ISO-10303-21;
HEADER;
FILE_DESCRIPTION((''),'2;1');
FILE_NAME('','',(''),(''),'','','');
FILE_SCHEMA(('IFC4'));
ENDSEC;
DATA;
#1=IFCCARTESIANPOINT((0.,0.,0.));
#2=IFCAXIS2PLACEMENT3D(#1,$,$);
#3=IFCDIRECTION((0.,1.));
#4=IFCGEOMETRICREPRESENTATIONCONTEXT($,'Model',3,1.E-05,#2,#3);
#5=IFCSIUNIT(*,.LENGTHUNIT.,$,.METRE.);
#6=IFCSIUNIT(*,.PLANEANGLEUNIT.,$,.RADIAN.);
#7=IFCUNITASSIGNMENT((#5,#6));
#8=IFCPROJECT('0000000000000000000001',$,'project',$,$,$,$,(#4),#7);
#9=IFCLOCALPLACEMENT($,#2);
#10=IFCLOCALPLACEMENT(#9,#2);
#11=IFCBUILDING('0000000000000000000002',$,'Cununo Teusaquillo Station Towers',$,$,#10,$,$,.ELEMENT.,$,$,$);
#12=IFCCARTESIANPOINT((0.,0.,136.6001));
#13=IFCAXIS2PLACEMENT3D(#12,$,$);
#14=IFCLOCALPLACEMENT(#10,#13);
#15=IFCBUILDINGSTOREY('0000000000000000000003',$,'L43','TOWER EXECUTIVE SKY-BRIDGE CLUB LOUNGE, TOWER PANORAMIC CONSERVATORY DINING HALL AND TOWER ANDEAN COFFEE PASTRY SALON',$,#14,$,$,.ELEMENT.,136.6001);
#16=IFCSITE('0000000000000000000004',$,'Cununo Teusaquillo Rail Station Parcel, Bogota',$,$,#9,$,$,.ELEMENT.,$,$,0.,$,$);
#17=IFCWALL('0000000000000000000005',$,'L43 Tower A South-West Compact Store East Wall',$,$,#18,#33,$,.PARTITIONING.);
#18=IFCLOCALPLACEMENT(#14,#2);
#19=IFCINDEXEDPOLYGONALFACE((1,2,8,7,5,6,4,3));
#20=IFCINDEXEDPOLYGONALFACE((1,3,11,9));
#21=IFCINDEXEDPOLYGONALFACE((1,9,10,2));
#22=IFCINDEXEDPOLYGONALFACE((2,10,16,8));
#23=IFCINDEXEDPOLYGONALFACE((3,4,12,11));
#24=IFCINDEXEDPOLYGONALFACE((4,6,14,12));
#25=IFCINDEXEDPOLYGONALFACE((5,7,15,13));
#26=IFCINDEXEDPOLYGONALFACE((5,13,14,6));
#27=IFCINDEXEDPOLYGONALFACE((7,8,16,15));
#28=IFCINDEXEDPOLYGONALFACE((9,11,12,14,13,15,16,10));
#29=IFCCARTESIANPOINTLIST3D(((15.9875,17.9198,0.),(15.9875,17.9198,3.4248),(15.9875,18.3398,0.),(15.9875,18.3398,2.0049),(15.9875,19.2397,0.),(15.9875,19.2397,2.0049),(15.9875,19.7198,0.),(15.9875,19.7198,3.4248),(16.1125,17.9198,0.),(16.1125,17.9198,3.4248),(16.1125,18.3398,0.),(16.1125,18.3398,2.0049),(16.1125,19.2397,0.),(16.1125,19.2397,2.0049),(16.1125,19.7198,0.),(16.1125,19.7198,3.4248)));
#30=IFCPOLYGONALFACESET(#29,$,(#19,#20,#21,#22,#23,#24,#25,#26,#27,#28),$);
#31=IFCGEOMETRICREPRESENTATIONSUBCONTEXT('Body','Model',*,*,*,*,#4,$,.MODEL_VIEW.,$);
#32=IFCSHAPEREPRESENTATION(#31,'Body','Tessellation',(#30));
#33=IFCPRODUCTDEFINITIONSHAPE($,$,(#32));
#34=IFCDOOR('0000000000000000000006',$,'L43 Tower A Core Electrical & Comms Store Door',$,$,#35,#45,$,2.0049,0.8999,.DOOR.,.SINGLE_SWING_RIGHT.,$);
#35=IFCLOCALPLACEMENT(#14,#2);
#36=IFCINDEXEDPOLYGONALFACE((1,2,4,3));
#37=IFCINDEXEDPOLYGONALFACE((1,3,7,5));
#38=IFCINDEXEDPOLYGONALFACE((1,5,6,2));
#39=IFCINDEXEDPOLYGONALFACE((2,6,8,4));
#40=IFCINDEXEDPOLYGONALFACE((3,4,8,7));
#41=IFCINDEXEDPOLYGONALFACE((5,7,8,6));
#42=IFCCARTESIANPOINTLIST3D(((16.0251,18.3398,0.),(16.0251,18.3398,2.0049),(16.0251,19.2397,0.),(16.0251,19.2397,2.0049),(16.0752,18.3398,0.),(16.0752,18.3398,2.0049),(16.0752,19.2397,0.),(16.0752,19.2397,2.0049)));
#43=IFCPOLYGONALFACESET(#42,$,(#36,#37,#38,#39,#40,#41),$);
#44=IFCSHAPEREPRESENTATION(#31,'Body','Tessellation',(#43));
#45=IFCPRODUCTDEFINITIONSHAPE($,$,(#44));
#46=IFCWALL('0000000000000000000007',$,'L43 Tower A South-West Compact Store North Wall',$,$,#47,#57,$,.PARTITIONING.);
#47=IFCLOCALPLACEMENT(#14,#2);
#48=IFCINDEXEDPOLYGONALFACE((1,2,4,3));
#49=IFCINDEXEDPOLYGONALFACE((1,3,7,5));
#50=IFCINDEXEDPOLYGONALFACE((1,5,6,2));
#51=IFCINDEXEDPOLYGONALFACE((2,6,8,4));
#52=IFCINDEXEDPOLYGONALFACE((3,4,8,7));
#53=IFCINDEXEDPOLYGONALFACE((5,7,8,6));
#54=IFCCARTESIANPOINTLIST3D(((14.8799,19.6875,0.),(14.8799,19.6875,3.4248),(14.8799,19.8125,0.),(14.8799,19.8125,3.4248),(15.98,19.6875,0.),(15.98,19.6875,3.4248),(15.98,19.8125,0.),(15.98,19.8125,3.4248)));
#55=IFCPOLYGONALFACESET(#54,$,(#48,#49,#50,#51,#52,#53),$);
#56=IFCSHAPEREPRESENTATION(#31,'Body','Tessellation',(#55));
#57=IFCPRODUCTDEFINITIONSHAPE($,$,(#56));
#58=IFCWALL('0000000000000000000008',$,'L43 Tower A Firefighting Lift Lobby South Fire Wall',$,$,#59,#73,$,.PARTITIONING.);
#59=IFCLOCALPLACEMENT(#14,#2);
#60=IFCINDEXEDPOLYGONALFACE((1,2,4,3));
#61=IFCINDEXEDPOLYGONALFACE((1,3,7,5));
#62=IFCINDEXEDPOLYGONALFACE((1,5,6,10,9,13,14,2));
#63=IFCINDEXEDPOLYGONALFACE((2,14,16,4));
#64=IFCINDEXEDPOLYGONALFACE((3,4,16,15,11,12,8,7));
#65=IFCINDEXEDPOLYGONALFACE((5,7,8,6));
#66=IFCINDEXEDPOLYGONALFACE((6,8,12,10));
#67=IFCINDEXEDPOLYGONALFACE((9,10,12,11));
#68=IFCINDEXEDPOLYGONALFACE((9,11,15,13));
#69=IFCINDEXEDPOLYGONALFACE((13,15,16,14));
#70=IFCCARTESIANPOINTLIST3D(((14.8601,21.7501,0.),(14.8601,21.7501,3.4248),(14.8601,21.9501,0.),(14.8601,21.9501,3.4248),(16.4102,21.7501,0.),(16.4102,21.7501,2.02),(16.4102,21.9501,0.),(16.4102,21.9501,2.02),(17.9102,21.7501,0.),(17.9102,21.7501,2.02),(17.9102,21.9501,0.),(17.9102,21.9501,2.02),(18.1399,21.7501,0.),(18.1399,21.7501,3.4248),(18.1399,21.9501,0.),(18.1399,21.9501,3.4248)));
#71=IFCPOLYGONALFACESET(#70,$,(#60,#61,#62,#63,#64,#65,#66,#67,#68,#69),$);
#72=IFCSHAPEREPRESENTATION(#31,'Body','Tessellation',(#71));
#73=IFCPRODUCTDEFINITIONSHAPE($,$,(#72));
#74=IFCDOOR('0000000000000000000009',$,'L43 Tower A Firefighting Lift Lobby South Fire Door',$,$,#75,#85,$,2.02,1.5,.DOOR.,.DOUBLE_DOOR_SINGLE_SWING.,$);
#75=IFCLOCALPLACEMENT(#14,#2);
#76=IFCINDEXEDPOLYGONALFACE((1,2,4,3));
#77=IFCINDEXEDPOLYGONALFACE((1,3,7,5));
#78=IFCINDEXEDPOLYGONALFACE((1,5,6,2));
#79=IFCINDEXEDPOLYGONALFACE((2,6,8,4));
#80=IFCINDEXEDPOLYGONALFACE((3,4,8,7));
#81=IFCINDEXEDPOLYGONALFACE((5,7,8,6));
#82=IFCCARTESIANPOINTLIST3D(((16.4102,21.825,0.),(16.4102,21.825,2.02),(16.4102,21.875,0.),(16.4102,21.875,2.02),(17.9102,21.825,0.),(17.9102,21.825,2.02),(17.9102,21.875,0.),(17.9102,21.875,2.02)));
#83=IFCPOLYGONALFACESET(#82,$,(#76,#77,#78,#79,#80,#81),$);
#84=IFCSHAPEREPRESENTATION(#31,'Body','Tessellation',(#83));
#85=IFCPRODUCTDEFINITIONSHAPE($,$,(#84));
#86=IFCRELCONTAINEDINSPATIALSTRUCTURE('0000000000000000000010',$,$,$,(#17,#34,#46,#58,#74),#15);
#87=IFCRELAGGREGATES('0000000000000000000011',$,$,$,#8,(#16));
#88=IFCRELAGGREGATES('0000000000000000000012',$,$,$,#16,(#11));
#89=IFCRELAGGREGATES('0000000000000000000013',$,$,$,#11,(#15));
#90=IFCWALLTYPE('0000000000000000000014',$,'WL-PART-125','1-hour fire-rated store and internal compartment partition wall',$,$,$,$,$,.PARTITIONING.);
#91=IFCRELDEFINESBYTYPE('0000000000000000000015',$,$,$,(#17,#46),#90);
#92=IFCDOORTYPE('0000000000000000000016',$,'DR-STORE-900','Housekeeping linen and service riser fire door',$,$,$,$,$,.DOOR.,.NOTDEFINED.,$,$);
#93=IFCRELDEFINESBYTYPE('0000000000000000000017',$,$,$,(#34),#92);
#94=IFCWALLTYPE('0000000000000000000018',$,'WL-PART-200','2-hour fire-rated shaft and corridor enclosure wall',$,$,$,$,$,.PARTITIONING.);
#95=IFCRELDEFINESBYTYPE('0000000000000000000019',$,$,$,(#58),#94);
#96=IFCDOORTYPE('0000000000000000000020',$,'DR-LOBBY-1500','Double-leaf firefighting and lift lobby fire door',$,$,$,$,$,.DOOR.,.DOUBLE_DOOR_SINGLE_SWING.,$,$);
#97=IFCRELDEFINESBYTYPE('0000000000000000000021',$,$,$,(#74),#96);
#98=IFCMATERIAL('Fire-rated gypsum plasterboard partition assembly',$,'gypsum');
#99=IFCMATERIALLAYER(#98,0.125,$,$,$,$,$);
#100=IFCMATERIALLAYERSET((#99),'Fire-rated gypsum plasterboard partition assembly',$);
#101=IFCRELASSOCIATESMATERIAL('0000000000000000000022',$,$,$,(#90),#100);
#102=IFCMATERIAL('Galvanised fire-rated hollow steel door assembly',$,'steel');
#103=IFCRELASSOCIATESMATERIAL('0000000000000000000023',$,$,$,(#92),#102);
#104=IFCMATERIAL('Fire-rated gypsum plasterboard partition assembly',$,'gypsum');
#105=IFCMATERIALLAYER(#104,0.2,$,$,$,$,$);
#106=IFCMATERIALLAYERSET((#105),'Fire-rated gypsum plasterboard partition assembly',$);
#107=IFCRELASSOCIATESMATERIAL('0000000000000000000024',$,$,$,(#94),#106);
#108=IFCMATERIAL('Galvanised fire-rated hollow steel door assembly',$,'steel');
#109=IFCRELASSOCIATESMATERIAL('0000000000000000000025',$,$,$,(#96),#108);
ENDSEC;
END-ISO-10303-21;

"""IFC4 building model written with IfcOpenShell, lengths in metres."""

from ifc_helpers import new_model, si_unit, direction, frame, frame_2d, origin, place, context, subcontext, project, spatial, rectangle, extrude, source, transform, mapped, material, layer, layer_set, type_object, element, fill, save


model = new_model("IFC4")

# Units and contexts
model_context = context("Model", 3, precision=1e-05, world=origin(), true_north=direction((0.0, 1.0)))
body_context = subcontext(model_context, "Body", "Model", "MODEL_VIEW")
ifc_project = project(units=[si_unit("LENGTHUNIT", "METRE"), si_unit("PLANEANGLEUNIT", "RADIAN")], contexts=[model_context])

# Site, building, storey
site_placement = place(None, origin())
site = spatial("IfcSite", under=ifc_project, at=site_placement, Name="Cununo Teusaquillo Rail Station Parcel, Bogota", CompositionType="ELEMENT", RefElevation=0.0)
building_placement = place(site_placement, origin())
building = spatial("IfcBuilding", under=site, at=building_placement, Name="Cununo Teusaquillo Station Towers", CompositionType="ELEMENT")
storey_placement = place(building_placement, frame((0.0, 0.0, 136.6001)))
storey = spatial("IfcBuildingStorey", under=building, at=storey_placement, Name="L43", Description="TOWER EXECUTIVE SKY-BRIDGE CLUB LOUNGE, TOWER PANORAMIC CONSERVATORY DINING HALL AND TOWER ANDEAN COFFEE PASTRY SALON", CompositionType="ELEMENT", Elevation=136.6001)

# Wall, opening, door
ifc_material_1 = material(Name="Fire-rated gypsum plasterboard partition assembly", Category="gypsum")
ifc_layer_1 = layer(ifc_material_1, 0.125)
ifc_layer_set_1 = layer_set([ifc_layer_1], Name="Fire-rated gypsum plasterboard partition assembly")
wall_type_1 = type_object("IfcWallType", Name="WL-PART-125", Description="1-hour fire-rated store and internal compartment partition wall", PredefinedType="PARTITIONING", material=ifc_layer_set_1)
wall_1_placement = place(storey_placement, frame((16.05, 17.9199, 0.0), z_axis=(0.0, 0.0, 1.0), x_axis=(0.0, 1.0, 0.0)))
wall_1 = element("IfcWall", 1, at=wall_1_placement, inside=storey, type_object=wall_type_1, Name="L43 Tower A South-West Compact Store East Wall", PredefinedType="PARTITIONING", context=body_context, shape_type="SweptSolid", body=[
    extrude(rectangle(XDim=1.8, YDim=0.125, at=frame_2d((0.8999, 0.0))), origin(), (0.0, 0.0, 1.0), 3.4248),
])
shared_shape_1 = source(origin(), body_context, "Body", "SweptSolid", [
    extrude(rectangle(XDim=0.8999, YDim=2.0049, at=frame_2d((0.45, 1.0024))), frame((0.0, 0.0725, 0.0), z_axis=(0.0, -1.0, 0.0), x_axis=(1.0, 0.0, 0.0)), (0.0, 0.0, 1.0), 0.145),
])
opening_1_placement = place(wall_1_placement, frame((0.4199, 0.0, 0.0)))
opening_1 = element("IfcOpeningElement", 2, at=opening_1_placement, cuts=wall_1, PredefinedType="OPENING", context=body_context, shape_type="MappedRepresentation", body=[
    mapped(shared_shape_1, transform((0.0, 0.0, 0.0), x_axis=(1.0, 0.0, 0.0), y_axis=(0.0, 1.0, 0.0), z_axis=(0.0, 0.0, 1.0), scale=1.0)),
])
ifc_material_2 = material(Name="Galvanised fire-rated hollow steel door assembly", Category="steel")
door_type_1 = type_object("IfcDoorType", Name="DR-STORE-900", Description="Housekeeping linen and service riser fire door", OperationType="NOTDEFINED", PredefinedType="DOOR", material=ifc_material_2)
shared_shape_2 = source(origin(), body_context, "Body", "SweptSolid", [
    extrude(rectangle(XDim=0.8999, YDim=2.0049, at=frame_2d((0.45, 1.0024))), frame((0.0, 0.0249, 0.0), z_axis=(0.0, -1.0, 0.0), x_axis=(1.0, 0.0, 0.0)), (0.0, 0.0, 1.0), 0.05),
])
door_1_placement = place(opening_1_placement, origin())
door_1 = element("IfcDoor", 3, at=door_1_placement, inside=storey, type_object=door_type_1, Name="L43 Tower A Core Electrical & Comms Store Door", OperationType="SINGLE_SWING_RIGHT", OverallHeight=2.0049, OverallWidth=0.8999, PredefinedType="DOOR", context=body_context, shape_type="MappedRepresentation", body=[
    mapped(shared_shape_2, transform((0.0, 0.0, 0.0), x_axis=(1.0, 0.0, 0.0), y_axis=(0.0, 1.0, 0.0), z_axis=(0.0, 0.0, 1.0), scale=1.0)),
])
fill(opening_1, door_1)

# Wall
wall_2_placement = place(storey_placement, frame((14.8799, 19.75, 0.0), z_axis=(0.0, 0.0, 1.0), x_axis=(1.0, 0.0, 0.0)))
element("IfcWall", 4, at=wall_2_placement, inside=storey, type_object=wall_type_1, Name="L43 Tower A South-West Compact Store North Wall", PredefinedType="PARTITIONING", context=body_context, shape_type="SweptSolid", body=[
    extrude(rectangle(XDim=1.1001, YDim=0.125, at=frame_2d((0.55, 0.0))), origin(), (0.0, 0.0, 1.0), 3.4248),
])

# Wall, opening, door
ifc_material_3 = material(Name="Fire-rated gypsum plasterboard partition assembly", Category="gypsum")
ifc_layer_2 = layer(ifc_material_3, 0.2)
ifc_layer_set_2 = layer_set([ifc_layer_2], Name="Fire-rated gypsum plasterboard partition assembly")
wall_type_2 = type_object("IfcWallType", Name="WL-PART-200", Description="2-hour fire-rated shaft and corridor enclosure wall", PredefinedType="PARTITIONING", material=ifc_layer_set_2)
wall_3_placement = place(storey_placement, frame((14.8601, 21.8501, 0.0), z_axis=(0.0, 0.0, 1.0), x_axis=(1.0, 0.0, 0.0)))
wall_3 = element("IfcWall", 5, at=wall_3_placement, inside=storey, type_object=wall_type_2, Name="L43 Tower A Firefighting Lift Lobby South Fire Wall", PredefinedType="PARTITIONING", context=body_context, shape_type="SweptSolid", body=[
    extrude(rectangle(XDim=3.2798, YDim=0.2, at=frame_2d((1.6399, 0.0))), origin(), (0.0, 0.0, 1.0), 3.4248),
])
shared_shape_3 = source(origin(), body_context, "Body", "SweptSolid", [
    extrude(rectangle(XDim=1.5, YDim=2.02, at=frame_2d((0.75, 1.01))), frame((0.0, 0.1099, 0.0), z_axis=(0.0, -1.0, 0.0), x_axis=(1.0, 0.0, 0.0)), (0.0, 0.0, 1.0), 0.22),
])
opening_2_placement = place(wall_3_placement, frame((1.55, 0.0, 0.0)))
opening_2 = element("IfcOpeningElement", 6, at=opening_2_placement, cuts=wall_3, PredefinedType="OPENING", context=body_context, shape_type="MappedRepresentation", body=[
    mapped(shared_shape_3, transform((0.0, 0.0, 0.0), x_axis=(1.0, 0.0, 0.0), y_axis=(0.0, 1.0, 0.0), z_axis=(0.0, 0.0, 1.0), scale=1.0)),
])
ifc_material_4 = material(Name="Galvanised fire-rated hollow steel door assembly", Category="steel")
door_type_2 = type_object("IfcDoorType", Name="DR-LOBBY-1500", Description="Double-leaf firefighting and lift lobby fire door", OperationType="DOUBLE_DOOR_SINGLE_SWING", PredefinedType="DOOR", material=ifc_material_4)
shared_shape_4 = source(origin(), body_context, "Body", "SweptSolid", [
    extrude(rectangle(XDim=1.5, YDim=2.02, at=frame_2d((0.75, 1.01))), frame((0.0, 0.0249, 0.0), z_axis=(0.0, -1.0, 0.0), x_axis=(1.0, 0.0, 0.0)), (0.0, 0.0, 1.0), 0.05),
])
door_2_placement = place(opening_2_placement, origin())
door_2 = element("IfcDoor", 7, at=door_2_placement, inside=storey, type_object=door_type_2, Name="L43 Tower A Firefighting Lift Lobby South Fire Door", OperationType="DOUBLE_DOOR_SINGLE_SWING", OverallHeight=2.02, OverallWidth=1.5, PredefinedType="DOOR", context=body_context, shape_type="MappedRepresentation", body=[
    mapped(shared_shape_4, transform((0.0, 0.0, 0.0), x_axis=(1.0, 0.0, 0.0), y_axis=(0.0, 1.0, 0.0), z_axis=(0.0, 0.0, 1.0), scale=1.0)),
])
fill(opening_2, door_2)

save(model, "model.ifc")
